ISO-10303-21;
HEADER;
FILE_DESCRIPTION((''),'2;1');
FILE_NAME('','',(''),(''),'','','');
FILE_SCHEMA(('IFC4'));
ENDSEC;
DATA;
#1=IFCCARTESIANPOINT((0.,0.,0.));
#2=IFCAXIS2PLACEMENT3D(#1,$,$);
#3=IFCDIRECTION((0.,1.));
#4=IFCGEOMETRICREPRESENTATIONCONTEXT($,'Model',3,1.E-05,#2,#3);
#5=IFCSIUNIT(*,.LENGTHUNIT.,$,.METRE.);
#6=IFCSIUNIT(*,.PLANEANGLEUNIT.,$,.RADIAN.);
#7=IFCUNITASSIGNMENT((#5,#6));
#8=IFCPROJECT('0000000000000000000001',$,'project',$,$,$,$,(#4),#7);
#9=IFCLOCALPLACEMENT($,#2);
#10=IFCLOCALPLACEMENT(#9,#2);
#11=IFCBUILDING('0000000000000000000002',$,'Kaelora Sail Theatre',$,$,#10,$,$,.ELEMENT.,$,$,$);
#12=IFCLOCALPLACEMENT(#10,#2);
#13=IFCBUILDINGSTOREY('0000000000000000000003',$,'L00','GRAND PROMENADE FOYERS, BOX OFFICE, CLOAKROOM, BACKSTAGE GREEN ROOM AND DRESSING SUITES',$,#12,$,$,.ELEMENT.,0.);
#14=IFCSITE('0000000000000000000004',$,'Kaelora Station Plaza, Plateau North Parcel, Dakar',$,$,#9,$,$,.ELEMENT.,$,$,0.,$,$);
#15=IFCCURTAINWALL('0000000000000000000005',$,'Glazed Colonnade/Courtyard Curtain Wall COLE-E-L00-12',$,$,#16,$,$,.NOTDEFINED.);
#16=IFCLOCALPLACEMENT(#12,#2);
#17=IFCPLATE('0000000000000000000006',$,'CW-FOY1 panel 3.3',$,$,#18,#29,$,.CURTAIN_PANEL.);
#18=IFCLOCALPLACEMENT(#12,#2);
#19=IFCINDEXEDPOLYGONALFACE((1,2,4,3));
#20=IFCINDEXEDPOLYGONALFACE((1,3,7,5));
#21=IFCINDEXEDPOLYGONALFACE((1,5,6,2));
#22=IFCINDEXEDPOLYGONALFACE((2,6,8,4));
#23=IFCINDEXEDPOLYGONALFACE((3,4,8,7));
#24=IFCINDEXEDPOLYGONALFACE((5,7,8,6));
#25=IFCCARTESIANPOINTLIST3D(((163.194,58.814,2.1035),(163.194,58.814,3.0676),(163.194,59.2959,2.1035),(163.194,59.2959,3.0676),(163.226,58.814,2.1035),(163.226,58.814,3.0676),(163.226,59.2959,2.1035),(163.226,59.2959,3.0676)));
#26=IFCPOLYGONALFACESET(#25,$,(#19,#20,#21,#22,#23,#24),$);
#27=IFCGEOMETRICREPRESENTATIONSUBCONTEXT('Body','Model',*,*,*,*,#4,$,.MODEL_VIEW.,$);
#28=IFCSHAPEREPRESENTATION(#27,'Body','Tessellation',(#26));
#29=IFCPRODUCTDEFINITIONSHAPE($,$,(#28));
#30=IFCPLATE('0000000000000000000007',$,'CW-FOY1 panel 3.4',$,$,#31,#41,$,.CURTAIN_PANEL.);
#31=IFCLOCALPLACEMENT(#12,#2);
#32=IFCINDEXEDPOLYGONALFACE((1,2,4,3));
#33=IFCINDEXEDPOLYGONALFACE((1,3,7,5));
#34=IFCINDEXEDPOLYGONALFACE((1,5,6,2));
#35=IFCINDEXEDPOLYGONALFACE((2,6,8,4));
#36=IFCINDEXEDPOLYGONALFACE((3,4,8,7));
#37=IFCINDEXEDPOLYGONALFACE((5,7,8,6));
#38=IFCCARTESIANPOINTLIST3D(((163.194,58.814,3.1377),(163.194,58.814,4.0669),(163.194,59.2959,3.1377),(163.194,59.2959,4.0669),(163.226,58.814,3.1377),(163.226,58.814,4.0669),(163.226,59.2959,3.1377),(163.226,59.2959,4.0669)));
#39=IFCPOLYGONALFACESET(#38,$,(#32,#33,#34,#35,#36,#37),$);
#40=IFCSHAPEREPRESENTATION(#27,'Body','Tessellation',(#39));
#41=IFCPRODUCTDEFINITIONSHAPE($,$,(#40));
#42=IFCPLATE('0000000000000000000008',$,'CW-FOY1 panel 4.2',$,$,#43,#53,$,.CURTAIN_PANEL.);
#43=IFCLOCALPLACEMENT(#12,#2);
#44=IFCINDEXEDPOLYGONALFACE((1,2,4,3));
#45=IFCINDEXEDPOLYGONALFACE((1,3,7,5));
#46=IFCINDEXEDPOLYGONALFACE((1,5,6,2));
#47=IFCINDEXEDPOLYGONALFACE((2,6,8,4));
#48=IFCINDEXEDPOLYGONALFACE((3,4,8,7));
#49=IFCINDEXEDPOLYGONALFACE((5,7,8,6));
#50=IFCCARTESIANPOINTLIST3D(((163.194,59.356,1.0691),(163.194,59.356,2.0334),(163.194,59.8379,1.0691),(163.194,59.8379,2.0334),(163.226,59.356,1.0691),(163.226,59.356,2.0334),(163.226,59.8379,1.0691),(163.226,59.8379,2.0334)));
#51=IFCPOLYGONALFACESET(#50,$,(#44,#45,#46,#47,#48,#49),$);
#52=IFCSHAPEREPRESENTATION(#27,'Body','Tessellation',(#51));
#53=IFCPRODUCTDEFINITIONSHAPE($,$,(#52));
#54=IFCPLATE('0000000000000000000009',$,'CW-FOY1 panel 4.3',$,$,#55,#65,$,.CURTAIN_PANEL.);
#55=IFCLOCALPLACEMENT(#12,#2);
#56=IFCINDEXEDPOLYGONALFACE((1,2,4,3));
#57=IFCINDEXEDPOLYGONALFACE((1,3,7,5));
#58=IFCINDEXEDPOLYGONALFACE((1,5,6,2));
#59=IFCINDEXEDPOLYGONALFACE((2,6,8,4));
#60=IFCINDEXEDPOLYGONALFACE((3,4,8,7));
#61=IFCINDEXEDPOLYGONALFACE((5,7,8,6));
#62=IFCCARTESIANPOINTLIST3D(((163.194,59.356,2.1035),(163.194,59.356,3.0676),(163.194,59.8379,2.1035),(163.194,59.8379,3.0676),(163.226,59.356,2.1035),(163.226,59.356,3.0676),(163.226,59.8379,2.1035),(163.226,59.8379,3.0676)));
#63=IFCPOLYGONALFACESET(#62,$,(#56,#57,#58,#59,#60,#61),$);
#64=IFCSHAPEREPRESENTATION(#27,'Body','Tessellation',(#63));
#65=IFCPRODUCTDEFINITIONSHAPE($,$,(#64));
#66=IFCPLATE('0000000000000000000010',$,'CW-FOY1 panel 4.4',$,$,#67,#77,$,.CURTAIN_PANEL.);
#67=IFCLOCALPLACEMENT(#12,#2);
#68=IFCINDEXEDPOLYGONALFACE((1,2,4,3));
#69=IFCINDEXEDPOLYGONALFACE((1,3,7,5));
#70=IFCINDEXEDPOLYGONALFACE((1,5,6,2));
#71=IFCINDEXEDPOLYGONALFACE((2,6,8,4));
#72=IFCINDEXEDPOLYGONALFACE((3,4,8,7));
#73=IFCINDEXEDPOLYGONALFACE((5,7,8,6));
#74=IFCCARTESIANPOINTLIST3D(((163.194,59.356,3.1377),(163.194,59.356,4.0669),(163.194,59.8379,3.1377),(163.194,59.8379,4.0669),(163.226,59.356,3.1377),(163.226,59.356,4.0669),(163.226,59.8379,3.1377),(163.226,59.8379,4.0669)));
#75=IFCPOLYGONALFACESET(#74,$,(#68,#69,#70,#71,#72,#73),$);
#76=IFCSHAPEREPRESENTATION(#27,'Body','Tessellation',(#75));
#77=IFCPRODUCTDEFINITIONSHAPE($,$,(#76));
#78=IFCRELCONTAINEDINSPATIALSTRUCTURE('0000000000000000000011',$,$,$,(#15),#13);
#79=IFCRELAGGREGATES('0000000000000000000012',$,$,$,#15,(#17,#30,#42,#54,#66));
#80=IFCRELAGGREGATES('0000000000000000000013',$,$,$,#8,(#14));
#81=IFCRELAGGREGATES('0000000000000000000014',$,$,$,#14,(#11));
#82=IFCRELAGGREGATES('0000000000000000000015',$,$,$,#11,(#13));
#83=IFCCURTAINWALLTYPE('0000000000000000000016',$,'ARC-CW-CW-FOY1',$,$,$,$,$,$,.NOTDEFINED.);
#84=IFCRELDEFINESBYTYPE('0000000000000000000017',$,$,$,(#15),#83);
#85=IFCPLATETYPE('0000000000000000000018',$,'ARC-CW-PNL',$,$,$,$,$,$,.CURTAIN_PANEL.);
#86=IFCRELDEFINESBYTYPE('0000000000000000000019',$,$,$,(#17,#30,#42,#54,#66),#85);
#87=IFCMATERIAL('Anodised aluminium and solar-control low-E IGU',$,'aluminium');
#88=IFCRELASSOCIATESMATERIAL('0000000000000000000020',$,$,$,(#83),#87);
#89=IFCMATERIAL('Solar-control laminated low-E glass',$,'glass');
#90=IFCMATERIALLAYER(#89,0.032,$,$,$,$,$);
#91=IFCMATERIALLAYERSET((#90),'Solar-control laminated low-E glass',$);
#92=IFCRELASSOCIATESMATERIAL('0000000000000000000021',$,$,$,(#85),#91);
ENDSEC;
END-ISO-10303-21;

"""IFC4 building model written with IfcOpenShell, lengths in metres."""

from ifc_helpers import new_model, si_unit, direction, frame, origin, origin_2d, place, context, subcontext, project, spatial, rectangle, extrude, material, layer, layer_set, type_object, element, aggregate, save


model = new_model("IFC4")

# Units and contexts
model_context = context("Model", 3, precision=1e-05, world=origin(), true_north=direction((0.0, 1.0)))
body_context = subcontext(model_context, "Body", "Model", "MODEL_VIEW")
ifc_project = project(units=[si_unit("LENGTHUNIT", "METRE"), si_unit("PLANEANGLEUNIT", "RADIAN")], contexts=[model_context])

# Site, building, storey
site_placement = place(None, origin())
site = spatial("IfcSite", under=ifc_project, at=site_placement, Name="Kaelora Station Plaza, Plateau North Parcel, Dakar", CompositionType="ELEMENT", RefElevation=0.0)
building_placement = place(site_placement, origin())
building = spatial("IfcBuilding", under=site, at=building_placement, Name="Kaelora Sail Theatre", CompositionType="ELEMENT")
storey_placement = place(building_placement, origin())
storey = spatial("IfcBuildingStorey", under=building, at=storey_placement, Name="L00", Description="GRAND PROMENADE FOYERS, BOX OFFICE, CLOAKROOM, BACKSTAGE GREEN ROOM AND DRESSING SUITES", CompositionType="ELEMENT", Elevation=0.0)

# Curtain wall, plates
ifc_material_1 = material(Name="Anodised aluminium and solar-control low-E IGU", Category="aluminium")
curtain_wall_type = type_object("IfcCurtainWallType", Name="ARC-CW-CW-FOY1", PredefinedType="NOTDEFINED", material=ifc_material_1)
curtain_wall_placement = place(storey_placement, origin())
curtain_wall = element("IfcCurtainWall", 1, at=curtain_wall_placement, inside=storey, type_object=curtain_wall_type, Name="Glazed Colonnade/Courtyard Curtain Wall COLE-E-L00-12", PredefinedType="NOTDEFINED")
ifc_material_2 = material(Name="Solar-control laminated low-E glass", Category="glass")
ifc_layer = layer(ifc_material_2, 0.032)
ifc_layer_set = layer_set([ifc_layer], Name="Solar-control laminated low-E glass")
plate_type = type_object("IfcPlateType", Name="ARC-CW-PNL", PredefinedType="CURTAIN_PANEL", material=ifc_layer_set)
plate_1_placement = place(storey_placement, frame((163.21, 59.0549, 2.1035), z_axis=(0.0, 0.0, 1.0), x_axis=(0.0, 1.0, 0.0)))
plate_1 = element("IfcPlate", 2, at=plate_1_placement, type_object=plate_type, Name="CW-FOY1 panel 3.3", PredefinedType="CURTAIN_PANEL", context=body_context, shape_type="SweptSolid", body=[
    extrude(rectangle(XDim=0.4819, YDim=0.032, at=origin_2d()), origin(), (0.0, 0.0, 1.0), 0.9641),
])
plate_2_placement = place(storey_placement, frame((163.21, 59.0549, 3.1377), z_axis=(0.0, 0.0, 1.0), x_axis=(0.0, 1.0, 0.0)))
plate_2 = element("IfcPlate", 3, at=plate_2_placement, type_object=plate_type, Name="CW-FOY1 panel 3.4", PredefinedType="CURTAIN_PANEL", context=body_context, shape_type="SweptSolid", body=[
    extrude(rectangle(XDim=0.4819, YDim=0.032, at=origin_2d()), origin(), (0.0, 0.0, 1.0), 0.9292),
])
plate_3_placement = place(storey_placement, frame((163.21, 59.5969, 1.0691), z_axis=(0.0, 0.0, 1.0), x_axis=(0.0, 1.0, 0.0)))
plate_3 = element("IfcPlate", 4, at=plate_3_placement, type_object=plate_type, Name="CW-FOY1 panel 4.2", PredefinedType="CURTAIN_PANEL", context=body_context, shape_type="SweptSolid", body=[
    extrude(rectangle(XDim=0.4819, YDim=0.032, at=origin_2d()), origin(), (0.0, 0.0, 1.0), 0.9644),
])
plate_4_placement = place(storey_placement, frame((163.21, 59.5969, 2.1035), z_axis=(0.0, 0.0, 1.0), x_axis=(0.0, 1.0, 0.0)))
plate_4 = element("IfcPlate", 5, at=plate_4_placement, type_object=plate_type, Name="CW-FOY1 panel 4.3", PredefinedType="CURTAIN_PANEL", context=body_context, shape_type="SweptSolid", body=[
    extrude(rectangle(XDim=0.4819, YDim=0.032, at=origin_2d()), origin(), (0.0, 0.0, 1.0), 0.9641),
])
plate_5_placement = place(storey_placement, frame((163.21, 59.5969, 3.1377), z_axis=(0.0, 0.0, 1.0), x_axis=(0.0, 1.0, 0.0)))
plate_5 = element("IfcPlate", 6, at=plate_5_placement, type_object=plate_type, Name="CW-FOY1 panel 4.4", PredefinedType="CURTAIN_PANEL", context=body_context, shape_type="SweptSolid", body=[
    extrude(rectangle(XDim=0.4819, YDim=0.032, at=origin_2d()), origin(), (0.0, 0.0, 1.0), 0.9292),
])
aggregate(curtain_wall, [plate_1, plate_2, plate_3, plate_4, plate_5])

save(model, "model.ifc")
